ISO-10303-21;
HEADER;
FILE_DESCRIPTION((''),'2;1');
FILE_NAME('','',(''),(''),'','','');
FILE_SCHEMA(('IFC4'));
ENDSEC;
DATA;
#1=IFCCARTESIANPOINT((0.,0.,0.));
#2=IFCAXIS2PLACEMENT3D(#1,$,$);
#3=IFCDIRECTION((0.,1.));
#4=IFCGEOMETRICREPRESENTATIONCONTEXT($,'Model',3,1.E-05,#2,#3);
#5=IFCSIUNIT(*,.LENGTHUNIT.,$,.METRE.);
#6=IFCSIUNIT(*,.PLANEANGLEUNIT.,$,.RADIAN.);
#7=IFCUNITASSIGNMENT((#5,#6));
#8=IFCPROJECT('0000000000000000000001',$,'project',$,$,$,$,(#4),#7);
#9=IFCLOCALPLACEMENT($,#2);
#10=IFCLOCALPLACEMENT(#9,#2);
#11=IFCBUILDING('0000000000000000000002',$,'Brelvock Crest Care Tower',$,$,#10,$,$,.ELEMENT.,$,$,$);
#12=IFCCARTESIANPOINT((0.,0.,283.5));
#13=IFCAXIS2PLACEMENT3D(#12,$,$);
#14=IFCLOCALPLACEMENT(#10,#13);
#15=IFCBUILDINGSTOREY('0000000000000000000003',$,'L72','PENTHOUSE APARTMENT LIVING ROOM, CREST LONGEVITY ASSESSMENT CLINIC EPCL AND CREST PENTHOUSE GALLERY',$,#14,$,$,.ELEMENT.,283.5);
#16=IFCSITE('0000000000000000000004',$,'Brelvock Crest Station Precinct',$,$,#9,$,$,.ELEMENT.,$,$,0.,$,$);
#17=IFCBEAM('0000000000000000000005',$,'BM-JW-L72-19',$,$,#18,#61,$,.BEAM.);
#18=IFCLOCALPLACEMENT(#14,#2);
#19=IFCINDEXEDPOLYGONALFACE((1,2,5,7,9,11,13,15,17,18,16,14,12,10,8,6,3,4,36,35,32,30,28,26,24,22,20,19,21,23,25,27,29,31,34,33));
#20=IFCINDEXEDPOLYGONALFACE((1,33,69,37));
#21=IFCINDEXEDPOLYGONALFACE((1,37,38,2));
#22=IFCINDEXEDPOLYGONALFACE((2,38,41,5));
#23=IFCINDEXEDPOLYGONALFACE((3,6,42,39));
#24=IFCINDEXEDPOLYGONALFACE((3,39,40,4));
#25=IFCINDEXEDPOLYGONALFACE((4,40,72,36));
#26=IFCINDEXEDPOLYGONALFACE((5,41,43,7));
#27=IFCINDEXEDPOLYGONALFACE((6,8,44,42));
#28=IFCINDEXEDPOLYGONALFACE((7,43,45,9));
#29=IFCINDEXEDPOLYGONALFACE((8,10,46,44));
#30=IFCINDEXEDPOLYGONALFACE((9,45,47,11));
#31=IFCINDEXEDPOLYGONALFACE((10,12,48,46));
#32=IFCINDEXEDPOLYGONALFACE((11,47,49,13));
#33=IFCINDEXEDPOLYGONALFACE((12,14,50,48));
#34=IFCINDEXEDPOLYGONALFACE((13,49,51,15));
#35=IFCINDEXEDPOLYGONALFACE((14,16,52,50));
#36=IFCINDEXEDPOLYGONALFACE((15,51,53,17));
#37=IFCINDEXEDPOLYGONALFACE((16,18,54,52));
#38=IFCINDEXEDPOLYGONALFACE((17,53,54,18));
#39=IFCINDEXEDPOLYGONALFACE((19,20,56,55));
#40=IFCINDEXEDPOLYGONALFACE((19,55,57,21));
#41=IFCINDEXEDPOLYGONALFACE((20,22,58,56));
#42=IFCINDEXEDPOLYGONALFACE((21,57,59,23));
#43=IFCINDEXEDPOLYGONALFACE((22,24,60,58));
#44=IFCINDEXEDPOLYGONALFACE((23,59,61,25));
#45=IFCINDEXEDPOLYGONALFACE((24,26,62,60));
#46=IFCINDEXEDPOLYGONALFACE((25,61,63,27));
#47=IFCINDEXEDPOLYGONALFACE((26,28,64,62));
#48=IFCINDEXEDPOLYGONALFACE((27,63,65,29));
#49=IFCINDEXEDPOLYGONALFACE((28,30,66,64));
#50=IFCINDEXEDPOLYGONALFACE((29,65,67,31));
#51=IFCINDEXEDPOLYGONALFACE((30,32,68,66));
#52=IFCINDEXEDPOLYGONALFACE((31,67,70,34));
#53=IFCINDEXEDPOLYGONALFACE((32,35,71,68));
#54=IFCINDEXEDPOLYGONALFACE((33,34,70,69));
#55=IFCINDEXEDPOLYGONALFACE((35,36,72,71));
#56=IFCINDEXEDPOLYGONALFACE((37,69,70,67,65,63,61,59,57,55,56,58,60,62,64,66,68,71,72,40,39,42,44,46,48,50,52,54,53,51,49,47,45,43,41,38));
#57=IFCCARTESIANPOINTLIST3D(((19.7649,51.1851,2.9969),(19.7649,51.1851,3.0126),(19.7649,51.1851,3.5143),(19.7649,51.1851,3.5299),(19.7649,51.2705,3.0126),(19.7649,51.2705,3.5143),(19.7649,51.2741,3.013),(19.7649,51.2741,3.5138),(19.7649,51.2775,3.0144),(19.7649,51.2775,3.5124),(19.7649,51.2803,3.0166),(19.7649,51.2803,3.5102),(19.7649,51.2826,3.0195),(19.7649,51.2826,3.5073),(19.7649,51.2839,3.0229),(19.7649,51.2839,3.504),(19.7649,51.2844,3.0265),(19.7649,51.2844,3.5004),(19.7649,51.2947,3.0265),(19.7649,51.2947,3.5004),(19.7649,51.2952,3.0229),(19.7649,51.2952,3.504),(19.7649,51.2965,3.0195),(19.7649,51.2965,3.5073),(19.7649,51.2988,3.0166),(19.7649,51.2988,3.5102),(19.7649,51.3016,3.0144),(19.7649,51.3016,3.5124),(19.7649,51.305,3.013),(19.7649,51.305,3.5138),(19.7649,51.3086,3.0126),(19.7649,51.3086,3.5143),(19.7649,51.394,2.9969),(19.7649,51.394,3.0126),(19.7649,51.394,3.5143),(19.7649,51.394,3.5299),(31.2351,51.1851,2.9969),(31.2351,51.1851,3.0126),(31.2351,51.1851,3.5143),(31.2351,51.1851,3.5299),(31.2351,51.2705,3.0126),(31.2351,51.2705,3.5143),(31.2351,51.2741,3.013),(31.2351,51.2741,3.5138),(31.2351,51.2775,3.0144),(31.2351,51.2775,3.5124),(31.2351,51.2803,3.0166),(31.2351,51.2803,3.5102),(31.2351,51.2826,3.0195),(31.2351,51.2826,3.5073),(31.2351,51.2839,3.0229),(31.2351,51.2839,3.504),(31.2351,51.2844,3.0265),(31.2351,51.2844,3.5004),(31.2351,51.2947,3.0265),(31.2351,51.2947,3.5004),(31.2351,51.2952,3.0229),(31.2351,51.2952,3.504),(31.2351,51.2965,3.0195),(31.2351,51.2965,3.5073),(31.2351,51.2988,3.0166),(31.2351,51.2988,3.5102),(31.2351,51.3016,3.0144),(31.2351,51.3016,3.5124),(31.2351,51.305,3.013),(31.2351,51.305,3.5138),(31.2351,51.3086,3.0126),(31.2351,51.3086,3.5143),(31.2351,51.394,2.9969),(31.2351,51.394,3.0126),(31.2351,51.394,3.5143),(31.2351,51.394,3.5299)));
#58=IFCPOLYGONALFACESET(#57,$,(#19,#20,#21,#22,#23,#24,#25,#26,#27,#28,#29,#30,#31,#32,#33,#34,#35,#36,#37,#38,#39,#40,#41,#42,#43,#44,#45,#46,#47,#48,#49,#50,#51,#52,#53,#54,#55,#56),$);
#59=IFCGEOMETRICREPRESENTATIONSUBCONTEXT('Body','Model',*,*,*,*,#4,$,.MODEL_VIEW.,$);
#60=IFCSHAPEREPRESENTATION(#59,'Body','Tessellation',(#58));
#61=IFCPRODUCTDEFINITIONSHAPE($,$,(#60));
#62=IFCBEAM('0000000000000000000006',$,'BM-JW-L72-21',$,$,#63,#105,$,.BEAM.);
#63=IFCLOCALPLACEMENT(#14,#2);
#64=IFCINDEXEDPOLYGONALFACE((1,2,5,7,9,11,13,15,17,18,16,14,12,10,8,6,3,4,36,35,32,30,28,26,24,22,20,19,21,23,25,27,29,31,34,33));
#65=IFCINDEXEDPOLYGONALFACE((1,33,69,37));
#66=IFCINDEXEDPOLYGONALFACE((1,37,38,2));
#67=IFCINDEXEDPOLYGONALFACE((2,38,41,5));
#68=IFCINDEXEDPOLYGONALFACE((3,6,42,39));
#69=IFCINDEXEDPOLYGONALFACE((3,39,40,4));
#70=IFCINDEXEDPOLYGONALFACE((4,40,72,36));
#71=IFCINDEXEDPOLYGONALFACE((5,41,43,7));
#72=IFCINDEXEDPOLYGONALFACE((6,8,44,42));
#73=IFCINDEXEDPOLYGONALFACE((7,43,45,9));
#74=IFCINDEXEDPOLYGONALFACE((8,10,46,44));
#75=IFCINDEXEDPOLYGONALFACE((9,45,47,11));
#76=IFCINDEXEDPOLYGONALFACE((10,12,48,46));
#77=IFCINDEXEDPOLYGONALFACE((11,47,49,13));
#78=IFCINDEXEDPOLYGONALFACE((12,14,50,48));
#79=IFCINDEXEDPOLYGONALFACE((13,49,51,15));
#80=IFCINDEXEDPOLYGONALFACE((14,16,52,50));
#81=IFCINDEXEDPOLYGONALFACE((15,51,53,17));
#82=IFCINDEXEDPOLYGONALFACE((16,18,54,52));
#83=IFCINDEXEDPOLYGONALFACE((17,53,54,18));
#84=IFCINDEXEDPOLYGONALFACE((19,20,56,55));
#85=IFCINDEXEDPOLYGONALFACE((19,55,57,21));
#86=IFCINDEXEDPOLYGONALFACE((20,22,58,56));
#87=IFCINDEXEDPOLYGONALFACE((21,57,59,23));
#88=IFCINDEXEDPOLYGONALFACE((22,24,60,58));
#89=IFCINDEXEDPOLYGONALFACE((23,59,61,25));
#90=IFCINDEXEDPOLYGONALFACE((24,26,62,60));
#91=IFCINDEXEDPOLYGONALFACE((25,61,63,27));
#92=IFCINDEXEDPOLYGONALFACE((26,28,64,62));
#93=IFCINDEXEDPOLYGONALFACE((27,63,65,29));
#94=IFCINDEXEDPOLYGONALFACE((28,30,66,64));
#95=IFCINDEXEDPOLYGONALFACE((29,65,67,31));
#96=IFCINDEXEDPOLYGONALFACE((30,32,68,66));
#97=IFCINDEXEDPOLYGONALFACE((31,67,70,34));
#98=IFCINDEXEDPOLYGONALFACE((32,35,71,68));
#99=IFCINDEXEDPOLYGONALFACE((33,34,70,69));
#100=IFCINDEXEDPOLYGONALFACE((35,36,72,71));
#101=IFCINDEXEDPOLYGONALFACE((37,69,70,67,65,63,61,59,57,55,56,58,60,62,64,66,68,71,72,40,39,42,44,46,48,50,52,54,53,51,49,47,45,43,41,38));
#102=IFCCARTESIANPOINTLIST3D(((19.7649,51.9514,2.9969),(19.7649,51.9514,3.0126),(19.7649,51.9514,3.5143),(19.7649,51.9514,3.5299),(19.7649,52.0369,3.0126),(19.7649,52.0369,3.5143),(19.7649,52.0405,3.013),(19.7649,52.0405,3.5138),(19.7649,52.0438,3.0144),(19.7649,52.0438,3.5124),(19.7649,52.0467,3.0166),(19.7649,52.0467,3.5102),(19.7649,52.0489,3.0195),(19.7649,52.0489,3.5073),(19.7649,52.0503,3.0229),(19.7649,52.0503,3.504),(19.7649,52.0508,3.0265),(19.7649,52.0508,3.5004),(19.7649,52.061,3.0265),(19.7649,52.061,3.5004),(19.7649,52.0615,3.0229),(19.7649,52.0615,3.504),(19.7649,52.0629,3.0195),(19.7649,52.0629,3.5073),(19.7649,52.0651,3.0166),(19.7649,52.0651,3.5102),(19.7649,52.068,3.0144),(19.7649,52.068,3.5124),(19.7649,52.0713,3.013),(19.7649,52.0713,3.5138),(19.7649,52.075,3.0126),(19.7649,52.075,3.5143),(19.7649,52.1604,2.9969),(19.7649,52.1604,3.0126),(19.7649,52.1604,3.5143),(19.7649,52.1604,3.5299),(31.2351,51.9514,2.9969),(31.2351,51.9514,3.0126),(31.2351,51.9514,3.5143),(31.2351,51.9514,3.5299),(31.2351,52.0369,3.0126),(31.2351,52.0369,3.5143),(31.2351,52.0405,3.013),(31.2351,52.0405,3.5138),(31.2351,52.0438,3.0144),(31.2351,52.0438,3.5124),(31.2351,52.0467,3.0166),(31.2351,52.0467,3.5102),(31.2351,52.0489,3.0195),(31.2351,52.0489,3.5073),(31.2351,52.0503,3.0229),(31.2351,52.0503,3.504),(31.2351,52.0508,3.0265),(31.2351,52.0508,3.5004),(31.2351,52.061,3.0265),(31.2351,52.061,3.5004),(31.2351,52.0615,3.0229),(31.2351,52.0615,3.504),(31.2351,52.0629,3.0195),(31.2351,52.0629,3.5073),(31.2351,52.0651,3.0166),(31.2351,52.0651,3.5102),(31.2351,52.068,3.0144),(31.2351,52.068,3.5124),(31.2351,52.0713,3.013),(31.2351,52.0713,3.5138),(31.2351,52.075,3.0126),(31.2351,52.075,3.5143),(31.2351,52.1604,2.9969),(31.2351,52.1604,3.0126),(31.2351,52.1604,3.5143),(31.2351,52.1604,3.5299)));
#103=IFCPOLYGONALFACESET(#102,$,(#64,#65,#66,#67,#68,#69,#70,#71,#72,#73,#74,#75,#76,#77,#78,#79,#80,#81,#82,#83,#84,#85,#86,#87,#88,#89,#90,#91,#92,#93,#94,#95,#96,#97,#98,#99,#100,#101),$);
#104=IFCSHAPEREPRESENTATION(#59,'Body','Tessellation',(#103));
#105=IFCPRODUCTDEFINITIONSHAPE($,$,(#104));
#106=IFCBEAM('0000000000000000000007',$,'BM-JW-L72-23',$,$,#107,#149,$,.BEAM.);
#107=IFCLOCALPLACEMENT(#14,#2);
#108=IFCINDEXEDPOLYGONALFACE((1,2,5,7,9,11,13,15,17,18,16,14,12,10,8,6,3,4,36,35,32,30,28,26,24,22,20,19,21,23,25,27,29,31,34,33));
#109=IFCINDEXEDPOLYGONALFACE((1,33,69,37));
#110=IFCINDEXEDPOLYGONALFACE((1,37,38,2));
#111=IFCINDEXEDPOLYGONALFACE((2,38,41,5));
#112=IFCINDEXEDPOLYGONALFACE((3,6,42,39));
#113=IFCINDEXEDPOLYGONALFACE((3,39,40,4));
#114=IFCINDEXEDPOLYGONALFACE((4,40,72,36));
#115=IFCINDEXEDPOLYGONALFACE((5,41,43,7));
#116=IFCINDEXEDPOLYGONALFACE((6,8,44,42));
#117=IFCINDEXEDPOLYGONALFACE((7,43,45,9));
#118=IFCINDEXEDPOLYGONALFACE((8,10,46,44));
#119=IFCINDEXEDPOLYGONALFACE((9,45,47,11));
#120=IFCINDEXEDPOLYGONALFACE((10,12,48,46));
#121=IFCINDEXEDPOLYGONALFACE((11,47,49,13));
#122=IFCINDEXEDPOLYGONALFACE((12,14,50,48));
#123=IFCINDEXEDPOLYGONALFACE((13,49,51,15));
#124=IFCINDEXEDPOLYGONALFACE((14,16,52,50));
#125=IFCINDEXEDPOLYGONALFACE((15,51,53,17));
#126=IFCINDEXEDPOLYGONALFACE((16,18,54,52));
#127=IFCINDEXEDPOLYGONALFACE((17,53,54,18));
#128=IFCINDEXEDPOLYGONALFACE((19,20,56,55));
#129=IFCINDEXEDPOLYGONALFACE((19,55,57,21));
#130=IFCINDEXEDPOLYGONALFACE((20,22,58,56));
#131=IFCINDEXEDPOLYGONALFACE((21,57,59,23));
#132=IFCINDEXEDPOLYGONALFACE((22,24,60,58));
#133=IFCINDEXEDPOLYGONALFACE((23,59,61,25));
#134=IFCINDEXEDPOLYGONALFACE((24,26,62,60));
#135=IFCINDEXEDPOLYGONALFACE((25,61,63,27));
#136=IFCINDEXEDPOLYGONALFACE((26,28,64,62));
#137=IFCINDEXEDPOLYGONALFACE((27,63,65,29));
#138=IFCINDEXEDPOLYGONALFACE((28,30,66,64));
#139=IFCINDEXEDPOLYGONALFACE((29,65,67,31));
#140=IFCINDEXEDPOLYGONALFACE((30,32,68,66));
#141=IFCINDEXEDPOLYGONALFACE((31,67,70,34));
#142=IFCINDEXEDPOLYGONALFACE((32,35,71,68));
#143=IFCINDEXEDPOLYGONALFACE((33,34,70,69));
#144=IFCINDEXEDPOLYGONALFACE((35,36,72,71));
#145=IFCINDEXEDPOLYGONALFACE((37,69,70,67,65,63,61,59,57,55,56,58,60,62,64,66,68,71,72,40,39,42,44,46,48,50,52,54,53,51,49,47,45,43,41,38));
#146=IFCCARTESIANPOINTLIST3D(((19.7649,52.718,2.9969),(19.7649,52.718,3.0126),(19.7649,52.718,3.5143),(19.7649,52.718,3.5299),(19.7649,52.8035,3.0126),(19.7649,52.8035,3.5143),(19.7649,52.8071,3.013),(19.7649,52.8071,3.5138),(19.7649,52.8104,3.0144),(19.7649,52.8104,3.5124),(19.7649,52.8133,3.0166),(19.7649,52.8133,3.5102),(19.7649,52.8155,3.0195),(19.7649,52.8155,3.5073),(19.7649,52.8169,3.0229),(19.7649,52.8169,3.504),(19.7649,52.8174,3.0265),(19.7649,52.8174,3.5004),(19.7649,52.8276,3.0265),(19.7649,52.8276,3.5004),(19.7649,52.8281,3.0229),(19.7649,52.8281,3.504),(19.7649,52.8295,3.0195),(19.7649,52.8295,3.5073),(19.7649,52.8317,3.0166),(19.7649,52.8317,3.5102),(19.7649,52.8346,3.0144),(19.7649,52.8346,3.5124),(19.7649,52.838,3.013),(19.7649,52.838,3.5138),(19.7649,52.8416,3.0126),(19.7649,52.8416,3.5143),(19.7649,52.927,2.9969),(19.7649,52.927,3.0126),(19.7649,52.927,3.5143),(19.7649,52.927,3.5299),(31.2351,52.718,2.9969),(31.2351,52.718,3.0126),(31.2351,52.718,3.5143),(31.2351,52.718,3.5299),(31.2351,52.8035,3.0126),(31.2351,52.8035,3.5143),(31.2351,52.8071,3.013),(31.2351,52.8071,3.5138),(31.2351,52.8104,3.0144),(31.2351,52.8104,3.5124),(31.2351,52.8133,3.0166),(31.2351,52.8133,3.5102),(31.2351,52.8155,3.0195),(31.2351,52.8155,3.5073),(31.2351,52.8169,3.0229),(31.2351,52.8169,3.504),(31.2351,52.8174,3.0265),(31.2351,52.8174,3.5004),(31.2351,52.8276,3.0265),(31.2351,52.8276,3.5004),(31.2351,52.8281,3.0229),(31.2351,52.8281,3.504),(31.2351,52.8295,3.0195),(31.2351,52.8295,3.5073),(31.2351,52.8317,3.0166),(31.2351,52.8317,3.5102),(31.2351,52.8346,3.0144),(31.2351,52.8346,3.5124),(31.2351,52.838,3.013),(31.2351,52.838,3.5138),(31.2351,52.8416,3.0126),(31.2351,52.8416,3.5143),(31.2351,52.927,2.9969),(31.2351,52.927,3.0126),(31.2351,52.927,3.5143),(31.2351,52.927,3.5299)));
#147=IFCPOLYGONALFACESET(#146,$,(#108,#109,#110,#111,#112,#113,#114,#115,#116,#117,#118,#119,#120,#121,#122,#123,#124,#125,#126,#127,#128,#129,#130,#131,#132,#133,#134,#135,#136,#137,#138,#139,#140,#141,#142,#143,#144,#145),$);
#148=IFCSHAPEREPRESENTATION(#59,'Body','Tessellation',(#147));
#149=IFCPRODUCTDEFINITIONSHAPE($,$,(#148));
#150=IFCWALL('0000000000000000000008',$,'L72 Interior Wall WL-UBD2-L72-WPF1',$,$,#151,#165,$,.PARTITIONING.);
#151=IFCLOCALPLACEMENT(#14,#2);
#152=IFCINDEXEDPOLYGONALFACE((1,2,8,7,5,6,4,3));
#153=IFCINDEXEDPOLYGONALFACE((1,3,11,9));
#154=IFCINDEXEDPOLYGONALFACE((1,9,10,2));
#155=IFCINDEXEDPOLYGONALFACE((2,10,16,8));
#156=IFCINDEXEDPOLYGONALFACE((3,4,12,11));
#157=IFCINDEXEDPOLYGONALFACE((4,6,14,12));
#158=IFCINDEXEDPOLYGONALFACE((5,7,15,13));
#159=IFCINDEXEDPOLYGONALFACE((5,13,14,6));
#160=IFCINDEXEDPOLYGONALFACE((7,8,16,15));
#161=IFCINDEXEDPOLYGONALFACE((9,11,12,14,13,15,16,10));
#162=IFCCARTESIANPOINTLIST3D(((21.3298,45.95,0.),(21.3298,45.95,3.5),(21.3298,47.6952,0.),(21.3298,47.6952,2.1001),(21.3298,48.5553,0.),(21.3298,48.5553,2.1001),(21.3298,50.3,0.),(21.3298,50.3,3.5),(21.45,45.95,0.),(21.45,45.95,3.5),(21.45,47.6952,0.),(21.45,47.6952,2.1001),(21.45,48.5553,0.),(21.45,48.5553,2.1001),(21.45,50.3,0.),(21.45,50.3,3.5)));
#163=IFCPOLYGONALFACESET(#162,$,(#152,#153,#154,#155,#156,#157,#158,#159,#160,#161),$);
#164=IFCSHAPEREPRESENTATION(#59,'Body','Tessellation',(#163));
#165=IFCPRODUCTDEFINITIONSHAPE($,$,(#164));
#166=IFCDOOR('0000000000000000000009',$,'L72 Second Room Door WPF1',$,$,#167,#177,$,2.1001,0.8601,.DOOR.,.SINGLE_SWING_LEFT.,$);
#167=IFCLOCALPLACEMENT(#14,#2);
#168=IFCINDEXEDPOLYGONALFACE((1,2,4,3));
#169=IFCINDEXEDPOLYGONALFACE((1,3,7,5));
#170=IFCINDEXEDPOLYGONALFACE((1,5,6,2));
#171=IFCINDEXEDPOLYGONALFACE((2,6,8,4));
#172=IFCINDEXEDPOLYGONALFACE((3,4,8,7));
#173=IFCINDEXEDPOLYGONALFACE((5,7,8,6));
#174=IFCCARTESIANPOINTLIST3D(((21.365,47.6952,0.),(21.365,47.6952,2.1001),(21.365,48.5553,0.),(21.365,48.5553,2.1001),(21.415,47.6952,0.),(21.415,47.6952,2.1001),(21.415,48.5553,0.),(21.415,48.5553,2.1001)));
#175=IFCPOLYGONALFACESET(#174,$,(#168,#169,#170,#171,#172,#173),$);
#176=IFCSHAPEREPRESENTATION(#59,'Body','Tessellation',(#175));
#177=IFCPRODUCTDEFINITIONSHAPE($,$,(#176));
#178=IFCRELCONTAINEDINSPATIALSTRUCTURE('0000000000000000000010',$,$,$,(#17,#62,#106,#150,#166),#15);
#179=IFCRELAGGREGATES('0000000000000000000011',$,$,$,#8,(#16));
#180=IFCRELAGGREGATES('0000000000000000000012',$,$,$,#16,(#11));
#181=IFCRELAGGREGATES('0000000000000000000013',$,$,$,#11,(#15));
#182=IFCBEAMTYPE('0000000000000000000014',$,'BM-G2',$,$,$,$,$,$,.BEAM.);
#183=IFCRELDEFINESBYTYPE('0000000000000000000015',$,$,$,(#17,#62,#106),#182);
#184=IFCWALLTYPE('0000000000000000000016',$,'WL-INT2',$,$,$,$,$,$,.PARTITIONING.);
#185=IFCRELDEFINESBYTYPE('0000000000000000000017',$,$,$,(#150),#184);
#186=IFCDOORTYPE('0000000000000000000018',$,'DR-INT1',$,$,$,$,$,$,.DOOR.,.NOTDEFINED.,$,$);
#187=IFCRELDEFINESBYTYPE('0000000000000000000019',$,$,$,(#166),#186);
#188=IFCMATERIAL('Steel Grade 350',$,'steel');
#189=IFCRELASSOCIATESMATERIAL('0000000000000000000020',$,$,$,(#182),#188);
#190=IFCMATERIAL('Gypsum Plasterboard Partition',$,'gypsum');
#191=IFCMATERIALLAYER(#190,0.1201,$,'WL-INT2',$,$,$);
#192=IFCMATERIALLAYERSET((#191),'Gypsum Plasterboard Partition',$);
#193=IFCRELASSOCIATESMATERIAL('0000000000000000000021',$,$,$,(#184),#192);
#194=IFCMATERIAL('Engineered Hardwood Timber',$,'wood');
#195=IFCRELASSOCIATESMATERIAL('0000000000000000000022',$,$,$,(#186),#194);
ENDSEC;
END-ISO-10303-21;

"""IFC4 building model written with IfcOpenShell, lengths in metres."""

from ifc_helpers import new_model, si_unit, direction, frame, frame_2d, origin, origin_2d, place, context, subcontext, project, spatial, rectangle, i_section, extrude, source, transform, mapped, material, layer, layer_set, material_profile, profile_set, type_object, element, fill, save


model = new_model("IFC4")

# Units and contexts
model_context = context("Model", 3, precision=1e-05, world=origin(), true_north=direction((0.0, 1.0)))
body_context = subcontext(model_context, "Body", "Model", "MODEL_VIEW")
ifc_project = project(units=[si_unit("LENGTHUNIT", "METRE"), si_unit("PLANEANGLEUNIT", "RADIAN")], contexts=[model_context])

# Site, building, storey
site_placement = place(None, origin())
site = spatial("IfcSite", under=ifc_project, at=site_placement, Name="Brelvock Crest Station Precinct", CompositionType="ELEMENT", RefElevation=0.0)
building_placement = place(site_placement, origin())
building = spatial("IfcBuilding", under=site, at=building_placement, Name="Brelvock Crest Care Tower", CompositionType="ELEMENT")
storey_placement = place(building_placement, frame((0.0, 0.0, 283.5)))
storey = spatial("IfcBuildingStorey", under=building, at=storey_placement, Name="L72", Description="PENTHOUSE APARTMENT LIVING ROOM, CREST LONGEVITY ASSESSMENT CLINIC EPCL AND CREST PENTHOUSE GALLERY", CompositionType="ELEMENT", Elevation=283.5)

# Beams
ifc_material_1 = material(Name="Steel Grade 350", Category="steel")
ifc_material_profile_1 = material_profile(ifc_material_1, i_section(OverallWidth=0.209, OverallDepth=0.533, WebThickness=0.0103, FlangeThickness=0.0156, FilletRadius=0.0139, at=origin_2d()), Name="530UB92.4")
ifc_profile_set_1 = profile_set([ifc_material_profile_1], Name="Steel Grade 350")
beam_type_1 = type_object("IfcBeamType", Name="BM-G2", PredefinedType="BEAM", material=ifc_profile_set_1)
shared_shape_1 = source(origin(), body_context, "Body", "SweptSolid", [
    extrude(i_section(OverallWidth=0.209, OverallDepth=0.533, WebThickness=0.0103, FlangeThickness=0.0156, FilletRadius=0.0139, at=origin_2d()), origin(), (0.0, 0.0, 1.0), 11.4702),
])
for number, where, z_axis, x_axis, name in (
    (1, (19.7649, 51.2896, 3.2634), (1.0, 0.0, 0.0), (0.0, 1.0, 0.0), "BM-JW-L72-19"),
    (2, (19.7649, 52.0559, 3.2634), (1.0, 0.0, 0.0), (0.0, 1.0, 0.0), "BM-JW-L72-21"),
    (3, (19.7649, 52.8225, 3.2634), (1.0, 0.0, 0.0), (0.0, 1.0, 0.0), "BM-JW-L72-23"),
):
    element("IfcBeam", number, at=place(storey_placement, frame(where, z_axis=z_axis, x_axis=x_axis)), inside=storey, type_object=beam_type_1, Name=name, PredefinedType="BEAM", context=body_context, shape_type="MappedRepresentation", body=[
        mapped(shared_shape_1, transform((0.0, 0.0, 0.0), x_axis=(1.0, 0.0, 0.0), y_axis=(0.0, 1.0, 0.0), z_axis=(0.0, 0.0, 1.0), scale=1.0)),
    ])

# Wall, opening, door
ifc_material_2 = material(Name="Gypsum Plasterboard Partition", Category="gypsum")
ifc_layer = layer(ifc_material_2, 0.1201, Name="WL-INT2")
ifc_layer_set = layer_set([ifc_layer], Name="Gypsum Plasterboard Partition")
wall_type = type_object("IfcWallType", Name="WL-INT2", PredefinedType="PARTITIONING", material=ifc_layer_set)
wall_1_placement = place(storey_placement, frame((21.3899, 45.95, 0.0), z_axis=(0.0, 0.0, 1.0), x_axis=(0.0, 1.0, 0.0)))
wall_1 = element("IfcWall", 4, at=wall_1_placement, inside=storey, type_object=wall_type, Name="L72 Interior Wall WL-UBD2-L72-WPF1", PredefinedType="PARTITIONING", context=body_context, shape_type="SweptSolid", body=[
    extrude(rectangle(XDim=4.3501, YDim=0.1201, at=frame_2d((2.175, 0.0))), origin(), (0.0, 0.0, 1.0), 3.5),
])
opening_1_placement = place(wall_1_placement, frame((1.7451, 0.0, 0.0)))
opening_1 = element("IfcOpeningElement", 5, at=opening_1_placement, cuts=wall_1, PredefinedType="OPENING", context=body_context, shape_type="SweptSolid", body=[
    extrude(rectangle(XDim=0.8601, YDim=2.1001, at=origin_2d()), frame((0.4302, 0.0701, 1.05), z_axis=(0.0, -1.0, 0.0), x_axis=(1.0, 0.0, 0.0)), (0.0, 0.0, 1.0), 0.1401),
])
ifc_material_3 = material(Name="Engineered Hardwood Timber", Category="wood")
door_type = type_object("IfcDoorType", Name="DR-INT1", OperationType="NOTDEFINED", PredefinedType="DOOR", material=ifc_material_3)
shared_shape_2 = source(origin(), body_context, "Body", "SweptSolid", [
    extrude(rectangle(XDim=0.8601, YDim=2.1001, at=origin_2d()), frame((0.4302, 0.0249, 1.05), z_axis=(0.0, -1.0, 0.0), x_axis=(1.0, 0.0, 0.0)), (0.0, 0.0, 1.0), 0.05),
])
door_1_placement = place(opening_1_placement, origin())
door_1 = element("IfcDoor", 6, at=door_1_placement, inside=storey, type_object=door_type, Name="L72 Second Room Door WPF1", OperationType="SINGLE_SWING_LEFT", OverallHeight=2.1001, OverallWidth=0.8601, PredefinedType="DOOR", context=body_context, shape_type="MappedRepresentation", body=[
    mapped(shared_shape_2, transform((0.0, 0.0, 0.0), x_axis=(1.0, 0.0, 0.0), y_axis=(0.0, 1.0, 0.0), z_axis=(0.0, 0.0, 1.0), scale=1.0)),
])
fill(opening_1, door_1)

save(model, "model.ifc")
